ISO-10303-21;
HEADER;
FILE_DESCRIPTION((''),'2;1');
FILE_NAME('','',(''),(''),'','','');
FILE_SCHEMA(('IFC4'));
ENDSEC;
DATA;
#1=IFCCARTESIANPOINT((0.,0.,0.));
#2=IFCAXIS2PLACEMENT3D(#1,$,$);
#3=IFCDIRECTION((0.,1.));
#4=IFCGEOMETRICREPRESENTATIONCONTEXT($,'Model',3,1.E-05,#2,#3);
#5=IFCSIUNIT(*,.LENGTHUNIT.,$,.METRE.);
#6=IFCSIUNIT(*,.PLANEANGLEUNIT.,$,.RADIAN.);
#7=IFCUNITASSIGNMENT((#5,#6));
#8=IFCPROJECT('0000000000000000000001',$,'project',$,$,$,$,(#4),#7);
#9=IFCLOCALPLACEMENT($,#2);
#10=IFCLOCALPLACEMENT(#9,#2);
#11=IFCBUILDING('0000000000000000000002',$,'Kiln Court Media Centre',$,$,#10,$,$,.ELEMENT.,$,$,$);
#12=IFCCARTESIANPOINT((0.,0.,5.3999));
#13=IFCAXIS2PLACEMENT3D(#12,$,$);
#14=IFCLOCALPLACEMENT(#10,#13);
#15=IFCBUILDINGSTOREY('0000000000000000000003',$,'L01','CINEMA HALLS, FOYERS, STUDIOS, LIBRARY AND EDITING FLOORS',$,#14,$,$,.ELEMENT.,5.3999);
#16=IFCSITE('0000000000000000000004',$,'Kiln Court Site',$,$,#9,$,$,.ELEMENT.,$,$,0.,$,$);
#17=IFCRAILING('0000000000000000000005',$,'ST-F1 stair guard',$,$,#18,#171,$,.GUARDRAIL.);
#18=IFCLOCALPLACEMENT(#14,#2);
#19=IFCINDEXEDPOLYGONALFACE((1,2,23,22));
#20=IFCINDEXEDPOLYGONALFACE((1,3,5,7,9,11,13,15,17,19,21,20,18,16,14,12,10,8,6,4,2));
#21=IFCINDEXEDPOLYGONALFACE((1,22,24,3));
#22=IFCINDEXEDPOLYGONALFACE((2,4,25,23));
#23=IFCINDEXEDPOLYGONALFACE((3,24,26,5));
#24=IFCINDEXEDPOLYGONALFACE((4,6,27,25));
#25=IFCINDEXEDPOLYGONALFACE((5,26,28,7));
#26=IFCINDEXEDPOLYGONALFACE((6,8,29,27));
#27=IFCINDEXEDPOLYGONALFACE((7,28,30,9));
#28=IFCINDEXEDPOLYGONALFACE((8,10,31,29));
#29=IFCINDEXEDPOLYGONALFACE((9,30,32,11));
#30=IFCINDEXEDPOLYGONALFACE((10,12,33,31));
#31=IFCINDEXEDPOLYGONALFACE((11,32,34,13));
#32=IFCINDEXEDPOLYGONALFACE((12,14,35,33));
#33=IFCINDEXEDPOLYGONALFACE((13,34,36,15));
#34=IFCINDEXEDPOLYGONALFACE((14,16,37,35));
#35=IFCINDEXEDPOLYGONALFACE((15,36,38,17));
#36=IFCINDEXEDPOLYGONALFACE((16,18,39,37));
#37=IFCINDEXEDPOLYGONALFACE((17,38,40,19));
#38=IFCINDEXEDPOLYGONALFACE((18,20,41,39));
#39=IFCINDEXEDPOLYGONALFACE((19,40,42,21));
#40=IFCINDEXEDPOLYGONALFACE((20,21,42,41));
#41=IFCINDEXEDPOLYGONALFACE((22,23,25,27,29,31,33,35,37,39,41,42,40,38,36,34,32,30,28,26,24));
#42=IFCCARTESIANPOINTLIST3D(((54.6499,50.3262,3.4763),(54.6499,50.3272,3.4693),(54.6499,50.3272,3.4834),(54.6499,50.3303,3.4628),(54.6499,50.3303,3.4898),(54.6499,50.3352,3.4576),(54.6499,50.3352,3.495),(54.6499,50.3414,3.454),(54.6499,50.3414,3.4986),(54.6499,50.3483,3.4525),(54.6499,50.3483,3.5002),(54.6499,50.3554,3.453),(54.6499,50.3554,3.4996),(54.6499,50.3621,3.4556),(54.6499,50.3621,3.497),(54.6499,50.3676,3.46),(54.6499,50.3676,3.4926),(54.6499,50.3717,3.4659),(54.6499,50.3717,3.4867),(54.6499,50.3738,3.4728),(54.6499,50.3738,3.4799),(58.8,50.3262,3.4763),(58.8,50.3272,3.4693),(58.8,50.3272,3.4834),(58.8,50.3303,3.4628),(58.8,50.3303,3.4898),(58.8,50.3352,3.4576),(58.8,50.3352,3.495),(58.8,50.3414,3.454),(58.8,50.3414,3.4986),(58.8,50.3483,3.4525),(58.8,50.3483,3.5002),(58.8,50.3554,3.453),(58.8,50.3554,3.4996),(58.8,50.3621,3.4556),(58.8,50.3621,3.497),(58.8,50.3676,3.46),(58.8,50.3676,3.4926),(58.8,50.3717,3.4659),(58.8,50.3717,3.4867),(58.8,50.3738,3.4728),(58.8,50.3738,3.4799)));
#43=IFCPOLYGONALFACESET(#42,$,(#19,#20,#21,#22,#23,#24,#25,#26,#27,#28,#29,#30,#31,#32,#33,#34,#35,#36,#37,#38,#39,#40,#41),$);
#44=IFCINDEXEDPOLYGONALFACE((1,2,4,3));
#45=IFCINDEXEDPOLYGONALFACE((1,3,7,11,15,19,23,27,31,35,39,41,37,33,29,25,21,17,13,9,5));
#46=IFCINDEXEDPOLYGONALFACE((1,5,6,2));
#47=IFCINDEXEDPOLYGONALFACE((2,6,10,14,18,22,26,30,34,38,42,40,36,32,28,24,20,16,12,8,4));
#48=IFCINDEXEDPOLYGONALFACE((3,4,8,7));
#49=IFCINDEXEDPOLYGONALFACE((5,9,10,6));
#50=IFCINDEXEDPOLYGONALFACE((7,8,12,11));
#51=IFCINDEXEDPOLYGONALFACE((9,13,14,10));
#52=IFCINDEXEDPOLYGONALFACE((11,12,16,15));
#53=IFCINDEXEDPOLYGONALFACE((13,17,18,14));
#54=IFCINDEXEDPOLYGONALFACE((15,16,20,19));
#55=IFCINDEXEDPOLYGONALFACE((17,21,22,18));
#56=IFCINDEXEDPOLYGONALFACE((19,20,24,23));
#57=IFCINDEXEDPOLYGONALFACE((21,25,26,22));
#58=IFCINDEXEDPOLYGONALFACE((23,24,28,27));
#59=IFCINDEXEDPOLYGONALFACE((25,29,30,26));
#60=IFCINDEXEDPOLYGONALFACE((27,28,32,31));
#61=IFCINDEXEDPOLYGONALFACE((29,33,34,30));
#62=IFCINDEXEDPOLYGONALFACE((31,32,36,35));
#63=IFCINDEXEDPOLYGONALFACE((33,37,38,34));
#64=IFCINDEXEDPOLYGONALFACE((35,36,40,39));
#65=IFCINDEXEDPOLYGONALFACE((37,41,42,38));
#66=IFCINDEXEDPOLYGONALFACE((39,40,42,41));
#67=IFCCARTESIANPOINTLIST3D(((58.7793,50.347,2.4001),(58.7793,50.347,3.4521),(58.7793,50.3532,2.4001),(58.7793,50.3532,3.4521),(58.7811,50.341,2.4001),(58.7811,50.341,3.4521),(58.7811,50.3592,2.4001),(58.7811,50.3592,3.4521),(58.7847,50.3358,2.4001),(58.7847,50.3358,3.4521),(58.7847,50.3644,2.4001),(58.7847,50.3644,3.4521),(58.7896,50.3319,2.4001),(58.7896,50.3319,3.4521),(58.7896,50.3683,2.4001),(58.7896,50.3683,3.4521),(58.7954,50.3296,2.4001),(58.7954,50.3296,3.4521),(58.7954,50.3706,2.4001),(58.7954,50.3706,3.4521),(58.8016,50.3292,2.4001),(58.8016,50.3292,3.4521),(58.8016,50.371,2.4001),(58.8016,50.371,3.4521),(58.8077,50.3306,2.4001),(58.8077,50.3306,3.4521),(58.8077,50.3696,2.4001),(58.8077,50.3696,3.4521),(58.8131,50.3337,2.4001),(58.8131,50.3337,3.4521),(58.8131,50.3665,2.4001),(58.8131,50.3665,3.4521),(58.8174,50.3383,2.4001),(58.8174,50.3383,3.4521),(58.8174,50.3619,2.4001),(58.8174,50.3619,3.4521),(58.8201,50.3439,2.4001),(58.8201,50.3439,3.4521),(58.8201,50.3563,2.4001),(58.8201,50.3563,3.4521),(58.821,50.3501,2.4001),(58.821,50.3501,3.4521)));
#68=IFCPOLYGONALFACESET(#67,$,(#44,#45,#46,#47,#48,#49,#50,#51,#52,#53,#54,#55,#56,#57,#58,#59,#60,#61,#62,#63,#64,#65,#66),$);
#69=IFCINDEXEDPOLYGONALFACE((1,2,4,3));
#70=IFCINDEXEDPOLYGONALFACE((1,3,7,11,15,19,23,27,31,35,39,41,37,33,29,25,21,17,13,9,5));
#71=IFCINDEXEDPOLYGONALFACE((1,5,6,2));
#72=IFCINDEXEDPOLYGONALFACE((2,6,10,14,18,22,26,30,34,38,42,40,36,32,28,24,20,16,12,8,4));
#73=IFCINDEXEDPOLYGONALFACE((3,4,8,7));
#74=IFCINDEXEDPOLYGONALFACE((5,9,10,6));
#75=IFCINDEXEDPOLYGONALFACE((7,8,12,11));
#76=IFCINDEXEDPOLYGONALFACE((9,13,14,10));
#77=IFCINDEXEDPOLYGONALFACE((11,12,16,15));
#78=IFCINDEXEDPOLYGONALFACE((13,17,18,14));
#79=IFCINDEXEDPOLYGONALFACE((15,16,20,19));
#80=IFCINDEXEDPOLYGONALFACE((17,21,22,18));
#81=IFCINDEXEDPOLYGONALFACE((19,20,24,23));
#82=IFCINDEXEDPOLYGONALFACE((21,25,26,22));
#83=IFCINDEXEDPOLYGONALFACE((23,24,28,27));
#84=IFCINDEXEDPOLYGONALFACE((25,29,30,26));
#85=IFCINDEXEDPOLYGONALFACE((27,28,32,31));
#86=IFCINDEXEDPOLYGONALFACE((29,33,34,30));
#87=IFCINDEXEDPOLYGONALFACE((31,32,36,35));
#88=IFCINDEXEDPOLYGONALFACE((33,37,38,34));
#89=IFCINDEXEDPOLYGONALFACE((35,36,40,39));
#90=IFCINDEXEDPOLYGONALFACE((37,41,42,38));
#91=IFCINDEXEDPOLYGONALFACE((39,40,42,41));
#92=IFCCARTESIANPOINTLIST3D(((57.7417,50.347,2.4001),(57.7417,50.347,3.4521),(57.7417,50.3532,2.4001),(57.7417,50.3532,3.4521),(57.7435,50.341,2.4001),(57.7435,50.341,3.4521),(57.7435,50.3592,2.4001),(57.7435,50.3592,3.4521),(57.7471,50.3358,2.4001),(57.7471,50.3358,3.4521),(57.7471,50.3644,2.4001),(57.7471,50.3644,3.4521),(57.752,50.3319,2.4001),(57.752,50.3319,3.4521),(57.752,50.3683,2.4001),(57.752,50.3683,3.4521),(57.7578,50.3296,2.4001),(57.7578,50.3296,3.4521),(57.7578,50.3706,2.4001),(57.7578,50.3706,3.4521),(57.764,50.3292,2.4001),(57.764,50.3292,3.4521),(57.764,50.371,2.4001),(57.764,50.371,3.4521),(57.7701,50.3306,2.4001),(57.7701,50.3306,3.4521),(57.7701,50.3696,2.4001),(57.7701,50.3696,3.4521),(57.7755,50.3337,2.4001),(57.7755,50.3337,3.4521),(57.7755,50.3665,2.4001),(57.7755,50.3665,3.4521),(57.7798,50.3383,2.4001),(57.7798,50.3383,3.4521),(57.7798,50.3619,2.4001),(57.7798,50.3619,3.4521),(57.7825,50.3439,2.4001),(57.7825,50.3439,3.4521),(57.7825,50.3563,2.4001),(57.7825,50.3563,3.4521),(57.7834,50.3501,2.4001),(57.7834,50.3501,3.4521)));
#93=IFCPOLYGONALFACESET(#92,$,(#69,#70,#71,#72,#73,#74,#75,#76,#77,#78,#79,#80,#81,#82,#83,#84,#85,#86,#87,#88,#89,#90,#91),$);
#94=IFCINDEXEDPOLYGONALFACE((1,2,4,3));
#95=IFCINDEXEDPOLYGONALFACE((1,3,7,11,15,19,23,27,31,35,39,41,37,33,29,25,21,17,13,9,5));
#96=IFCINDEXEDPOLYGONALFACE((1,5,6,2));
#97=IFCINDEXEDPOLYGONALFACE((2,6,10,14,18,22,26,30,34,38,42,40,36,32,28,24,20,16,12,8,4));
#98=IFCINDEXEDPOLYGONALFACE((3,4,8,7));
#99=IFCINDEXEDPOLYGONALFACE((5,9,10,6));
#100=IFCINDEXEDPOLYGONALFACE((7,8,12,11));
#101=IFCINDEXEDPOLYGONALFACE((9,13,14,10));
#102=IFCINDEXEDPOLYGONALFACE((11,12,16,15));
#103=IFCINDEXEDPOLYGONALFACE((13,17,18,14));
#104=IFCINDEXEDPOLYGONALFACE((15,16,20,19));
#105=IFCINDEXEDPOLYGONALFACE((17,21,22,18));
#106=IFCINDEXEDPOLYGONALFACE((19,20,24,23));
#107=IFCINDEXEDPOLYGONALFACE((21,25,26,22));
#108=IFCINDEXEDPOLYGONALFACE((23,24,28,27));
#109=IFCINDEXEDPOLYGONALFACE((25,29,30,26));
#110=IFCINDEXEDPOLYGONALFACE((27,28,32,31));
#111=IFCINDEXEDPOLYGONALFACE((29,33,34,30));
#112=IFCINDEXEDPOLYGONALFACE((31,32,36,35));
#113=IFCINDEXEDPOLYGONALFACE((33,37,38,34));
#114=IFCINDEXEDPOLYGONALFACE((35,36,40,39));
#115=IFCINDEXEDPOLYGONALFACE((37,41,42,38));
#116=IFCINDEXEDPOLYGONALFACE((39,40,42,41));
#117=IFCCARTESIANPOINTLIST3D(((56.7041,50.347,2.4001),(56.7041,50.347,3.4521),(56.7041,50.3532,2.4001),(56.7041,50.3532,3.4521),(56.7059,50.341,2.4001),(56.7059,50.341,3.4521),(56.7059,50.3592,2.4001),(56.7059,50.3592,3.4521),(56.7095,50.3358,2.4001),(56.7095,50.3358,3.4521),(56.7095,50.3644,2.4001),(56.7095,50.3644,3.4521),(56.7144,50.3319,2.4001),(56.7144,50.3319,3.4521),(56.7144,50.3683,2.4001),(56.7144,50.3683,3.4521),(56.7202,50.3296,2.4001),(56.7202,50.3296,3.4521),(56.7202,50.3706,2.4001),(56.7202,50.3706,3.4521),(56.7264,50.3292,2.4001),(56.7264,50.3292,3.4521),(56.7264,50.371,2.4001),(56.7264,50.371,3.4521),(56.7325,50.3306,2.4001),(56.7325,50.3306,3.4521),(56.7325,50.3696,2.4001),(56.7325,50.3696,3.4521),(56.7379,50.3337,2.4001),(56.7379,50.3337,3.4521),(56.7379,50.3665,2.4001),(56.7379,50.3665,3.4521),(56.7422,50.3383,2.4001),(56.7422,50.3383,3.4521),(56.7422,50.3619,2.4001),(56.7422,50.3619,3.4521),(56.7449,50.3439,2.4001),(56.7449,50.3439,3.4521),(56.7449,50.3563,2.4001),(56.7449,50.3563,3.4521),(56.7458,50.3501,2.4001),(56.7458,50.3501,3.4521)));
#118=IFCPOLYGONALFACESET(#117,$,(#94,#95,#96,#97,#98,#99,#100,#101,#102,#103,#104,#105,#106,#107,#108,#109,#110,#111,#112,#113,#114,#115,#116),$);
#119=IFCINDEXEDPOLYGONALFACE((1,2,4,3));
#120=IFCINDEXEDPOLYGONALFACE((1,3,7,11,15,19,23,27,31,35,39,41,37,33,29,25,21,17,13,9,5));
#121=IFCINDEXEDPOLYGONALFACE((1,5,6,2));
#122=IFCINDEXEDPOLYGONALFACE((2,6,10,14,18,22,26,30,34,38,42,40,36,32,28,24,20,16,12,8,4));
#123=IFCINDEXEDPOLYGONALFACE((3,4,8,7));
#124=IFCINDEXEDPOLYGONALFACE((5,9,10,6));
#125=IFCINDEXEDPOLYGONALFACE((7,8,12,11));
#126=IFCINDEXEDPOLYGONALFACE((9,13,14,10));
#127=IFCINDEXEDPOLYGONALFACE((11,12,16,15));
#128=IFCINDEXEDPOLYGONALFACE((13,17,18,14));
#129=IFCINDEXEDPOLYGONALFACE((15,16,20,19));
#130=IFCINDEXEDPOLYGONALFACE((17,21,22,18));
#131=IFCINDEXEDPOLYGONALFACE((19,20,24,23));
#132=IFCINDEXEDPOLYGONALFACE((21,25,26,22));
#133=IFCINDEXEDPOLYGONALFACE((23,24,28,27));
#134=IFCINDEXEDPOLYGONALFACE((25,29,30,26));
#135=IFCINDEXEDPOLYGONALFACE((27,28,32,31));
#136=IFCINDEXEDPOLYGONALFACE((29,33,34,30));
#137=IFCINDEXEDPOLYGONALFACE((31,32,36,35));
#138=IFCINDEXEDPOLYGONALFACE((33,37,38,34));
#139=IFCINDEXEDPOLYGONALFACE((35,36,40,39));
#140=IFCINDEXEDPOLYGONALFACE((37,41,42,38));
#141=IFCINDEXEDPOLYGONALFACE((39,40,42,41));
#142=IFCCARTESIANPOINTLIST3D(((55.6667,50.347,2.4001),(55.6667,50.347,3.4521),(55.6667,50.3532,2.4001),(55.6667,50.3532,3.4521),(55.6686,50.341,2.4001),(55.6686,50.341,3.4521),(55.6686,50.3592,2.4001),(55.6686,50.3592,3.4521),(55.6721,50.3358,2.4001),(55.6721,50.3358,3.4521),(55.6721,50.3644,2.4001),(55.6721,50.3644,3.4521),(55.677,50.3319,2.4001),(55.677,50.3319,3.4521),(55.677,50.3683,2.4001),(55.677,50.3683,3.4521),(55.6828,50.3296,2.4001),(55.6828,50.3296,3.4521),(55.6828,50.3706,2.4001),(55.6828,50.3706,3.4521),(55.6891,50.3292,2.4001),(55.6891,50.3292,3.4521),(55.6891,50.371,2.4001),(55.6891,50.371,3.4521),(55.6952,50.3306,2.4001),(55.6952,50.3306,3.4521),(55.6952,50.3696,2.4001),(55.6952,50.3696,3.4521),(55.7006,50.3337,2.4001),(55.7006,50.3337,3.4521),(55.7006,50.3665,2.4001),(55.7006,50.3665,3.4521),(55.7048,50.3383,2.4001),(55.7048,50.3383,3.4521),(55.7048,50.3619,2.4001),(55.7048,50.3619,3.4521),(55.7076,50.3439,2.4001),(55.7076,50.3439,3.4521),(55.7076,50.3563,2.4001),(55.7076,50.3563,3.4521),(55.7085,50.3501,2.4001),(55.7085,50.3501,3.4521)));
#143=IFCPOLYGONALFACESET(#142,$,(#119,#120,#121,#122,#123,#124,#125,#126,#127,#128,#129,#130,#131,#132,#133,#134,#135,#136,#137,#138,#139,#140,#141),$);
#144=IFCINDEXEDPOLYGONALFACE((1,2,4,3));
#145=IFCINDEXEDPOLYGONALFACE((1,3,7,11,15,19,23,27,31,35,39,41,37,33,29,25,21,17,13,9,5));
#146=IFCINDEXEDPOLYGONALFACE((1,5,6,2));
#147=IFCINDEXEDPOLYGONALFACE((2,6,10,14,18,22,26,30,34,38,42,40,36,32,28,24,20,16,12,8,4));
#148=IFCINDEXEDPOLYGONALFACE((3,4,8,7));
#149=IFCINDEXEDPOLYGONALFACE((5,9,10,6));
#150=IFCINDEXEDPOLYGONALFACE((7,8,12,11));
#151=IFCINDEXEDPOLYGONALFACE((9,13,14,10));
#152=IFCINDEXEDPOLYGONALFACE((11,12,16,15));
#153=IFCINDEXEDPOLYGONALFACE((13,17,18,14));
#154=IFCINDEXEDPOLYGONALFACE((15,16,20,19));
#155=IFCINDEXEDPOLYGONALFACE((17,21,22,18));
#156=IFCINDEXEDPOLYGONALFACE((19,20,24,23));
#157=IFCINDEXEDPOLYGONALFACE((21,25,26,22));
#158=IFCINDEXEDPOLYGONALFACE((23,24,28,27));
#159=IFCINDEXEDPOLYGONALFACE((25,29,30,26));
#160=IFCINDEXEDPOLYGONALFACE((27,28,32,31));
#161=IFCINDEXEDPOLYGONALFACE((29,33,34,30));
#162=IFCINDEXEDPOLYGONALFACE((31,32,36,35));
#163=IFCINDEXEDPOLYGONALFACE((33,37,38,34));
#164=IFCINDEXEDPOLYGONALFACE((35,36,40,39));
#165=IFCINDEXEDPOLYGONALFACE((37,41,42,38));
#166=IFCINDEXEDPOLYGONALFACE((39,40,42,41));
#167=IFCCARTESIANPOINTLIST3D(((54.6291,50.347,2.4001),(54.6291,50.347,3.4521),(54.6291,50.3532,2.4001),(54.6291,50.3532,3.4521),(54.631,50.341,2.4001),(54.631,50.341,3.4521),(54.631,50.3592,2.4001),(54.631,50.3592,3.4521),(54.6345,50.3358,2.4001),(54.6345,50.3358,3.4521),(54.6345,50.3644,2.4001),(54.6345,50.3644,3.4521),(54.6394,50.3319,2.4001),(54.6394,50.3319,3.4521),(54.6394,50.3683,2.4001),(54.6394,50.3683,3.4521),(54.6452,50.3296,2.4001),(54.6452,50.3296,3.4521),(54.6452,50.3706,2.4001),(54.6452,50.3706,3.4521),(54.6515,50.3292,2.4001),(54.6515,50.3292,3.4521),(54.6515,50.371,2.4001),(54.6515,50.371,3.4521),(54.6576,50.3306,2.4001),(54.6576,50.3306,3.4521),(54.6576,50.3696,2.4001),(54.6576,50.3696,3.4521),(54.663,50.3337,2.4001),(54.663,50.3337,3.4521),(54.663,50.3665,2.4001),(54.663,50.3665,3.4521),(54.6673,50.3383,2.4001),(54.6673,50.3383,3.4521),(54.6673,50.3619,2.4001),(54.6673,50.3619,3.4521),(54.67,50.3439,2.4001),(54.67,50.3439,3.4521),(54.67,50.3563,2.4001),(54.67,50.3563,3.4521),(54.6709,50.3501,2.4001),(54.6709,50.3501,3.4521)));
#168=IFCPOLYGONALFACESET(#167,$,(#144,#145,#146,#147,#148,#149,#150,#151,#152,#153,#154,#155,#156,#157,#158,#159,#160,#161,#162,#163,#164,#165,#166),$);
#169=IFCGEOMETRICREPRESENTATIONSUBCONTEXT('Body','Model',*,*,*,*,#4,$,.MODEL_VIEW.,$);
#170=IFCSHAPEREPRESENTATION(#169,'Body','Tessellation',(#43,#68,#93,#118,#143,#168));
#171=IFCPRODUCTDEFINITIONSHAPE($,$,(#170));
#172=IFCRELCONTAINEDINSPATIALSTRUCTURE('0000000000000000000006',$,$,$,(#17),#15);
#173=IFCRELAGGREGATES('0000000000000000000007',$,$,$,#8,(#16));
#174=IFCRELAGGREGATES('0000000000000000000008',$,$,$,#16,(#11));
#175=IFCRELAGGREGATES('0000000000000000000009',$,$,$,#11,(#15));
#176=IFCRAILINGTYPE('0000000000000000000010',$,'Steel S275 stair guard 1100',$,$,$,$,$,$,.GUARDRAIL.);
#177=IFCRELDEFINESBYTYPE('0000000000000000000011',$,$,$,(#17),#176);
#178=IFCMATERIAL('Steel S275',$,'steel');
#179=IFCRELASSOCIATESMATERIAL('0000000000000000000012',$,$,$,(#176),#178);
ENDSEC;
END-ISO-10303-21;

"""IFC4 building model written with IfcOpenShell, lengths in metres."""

from ifc_helpers import new_model, si_unit, direction, frame, origin, origin_2d, place, context, subcontext, project, spatial, circle, extrude, material, type_object, element, save


model = new_model("IFC4")

# Units and contexts
model_context = context("Model", 3, precision=1e-05, world=origin(), true_north=direction((0.0, 1.0)))
body_context = subcontext(model_context, "Body", "Model", "MODEL_VIEW")
ifc_project = project(units=[si_unit("LENGTHUNIT", "METRE"), si_unit("PLANEANGLEUNIT", "RADIAN")], contexts=[model_context])

# Site, building, storey
site_placement = place(None, origin())
site = spatial("IfcSite", under=ifc_project, at=site_placement, Name="Kiln Court Site", CompositionType="ELEMENT", RefElevation=0.0)
building_placement = place(site_placement, origin())
building = spatial("IfcBuilding", under=site, at=building_placement, Name="Kiln Court Media Centre", CompositionType="ELEMENT")
storey_placement = place(building_placement, frame((0.0, 0.0, 5.3999)))
storey = spatial("IfcBuildingStorey", under=building, at=storey_placement, Name="L01", Description="CINEMA HALLS, FOYERS, STUDIOS, LIBRARY AND EDITING FLOORS", CompositionType="ELEMENT", Elevation=5.3999)

# Railing
ifc_material_1 = material(Name="Steel S275", Category="steel")
railing_type_1 = type_object("IfcRailingType", Name="Steel S275 stair guard 1100", PredefinedType="GUARDRAIL", material=ifc_material_1)
railing_1_placement = place(storey_placement, frame((58.8, 50.3501, 2.4001)))
element("IfcRailing", 1, at=railing_1_placement, inside=storey, type_object=railing_type_1, Name="ST-F1 stair guard", PredefinedType="GUARDRAIL", context=body_context, shape_type="SweptSolid", body=[
    extrude(circle(Radius=0.0239, at=origin_2d()), frame((0.0, 0.0, 1.0762), z_axis=(-1.0, 0.0, 0.0), x_axis=(0.0, -1.0, 0.0)), (0.0, 0.0, 1.0), 4.1501),
    extrude(circle(Radius=0.021, at=origin_2d()), origin(), (0.0, 0.0, 1.0), 1.052),
    extrude(circle(Radius=0.021, at=origin_2d()), frame((-1.0376, 0.0, 0.0)), (0.0, 0.0, 1.0), 1.052),
    extrude(circle(Radius=0.021, at=origin_2d()), frame((-2.0752, 0.0, 0.0)), (0.0, 0.0, 1.0), 1.052),
    extrude(circle(Radius=0.021, at=origin_2d()), frame((-3.1125, 0.0, 0.0)), (0.0, 0.0, 1.0), 1.052),
    extrude(circle(Radius=0.021, at=origin_2d()), frame((-4.1501, 0.0, 0.0)), (0.0, 0.0, 1.0), 1.052),
])

save(model, "model.ifc")
